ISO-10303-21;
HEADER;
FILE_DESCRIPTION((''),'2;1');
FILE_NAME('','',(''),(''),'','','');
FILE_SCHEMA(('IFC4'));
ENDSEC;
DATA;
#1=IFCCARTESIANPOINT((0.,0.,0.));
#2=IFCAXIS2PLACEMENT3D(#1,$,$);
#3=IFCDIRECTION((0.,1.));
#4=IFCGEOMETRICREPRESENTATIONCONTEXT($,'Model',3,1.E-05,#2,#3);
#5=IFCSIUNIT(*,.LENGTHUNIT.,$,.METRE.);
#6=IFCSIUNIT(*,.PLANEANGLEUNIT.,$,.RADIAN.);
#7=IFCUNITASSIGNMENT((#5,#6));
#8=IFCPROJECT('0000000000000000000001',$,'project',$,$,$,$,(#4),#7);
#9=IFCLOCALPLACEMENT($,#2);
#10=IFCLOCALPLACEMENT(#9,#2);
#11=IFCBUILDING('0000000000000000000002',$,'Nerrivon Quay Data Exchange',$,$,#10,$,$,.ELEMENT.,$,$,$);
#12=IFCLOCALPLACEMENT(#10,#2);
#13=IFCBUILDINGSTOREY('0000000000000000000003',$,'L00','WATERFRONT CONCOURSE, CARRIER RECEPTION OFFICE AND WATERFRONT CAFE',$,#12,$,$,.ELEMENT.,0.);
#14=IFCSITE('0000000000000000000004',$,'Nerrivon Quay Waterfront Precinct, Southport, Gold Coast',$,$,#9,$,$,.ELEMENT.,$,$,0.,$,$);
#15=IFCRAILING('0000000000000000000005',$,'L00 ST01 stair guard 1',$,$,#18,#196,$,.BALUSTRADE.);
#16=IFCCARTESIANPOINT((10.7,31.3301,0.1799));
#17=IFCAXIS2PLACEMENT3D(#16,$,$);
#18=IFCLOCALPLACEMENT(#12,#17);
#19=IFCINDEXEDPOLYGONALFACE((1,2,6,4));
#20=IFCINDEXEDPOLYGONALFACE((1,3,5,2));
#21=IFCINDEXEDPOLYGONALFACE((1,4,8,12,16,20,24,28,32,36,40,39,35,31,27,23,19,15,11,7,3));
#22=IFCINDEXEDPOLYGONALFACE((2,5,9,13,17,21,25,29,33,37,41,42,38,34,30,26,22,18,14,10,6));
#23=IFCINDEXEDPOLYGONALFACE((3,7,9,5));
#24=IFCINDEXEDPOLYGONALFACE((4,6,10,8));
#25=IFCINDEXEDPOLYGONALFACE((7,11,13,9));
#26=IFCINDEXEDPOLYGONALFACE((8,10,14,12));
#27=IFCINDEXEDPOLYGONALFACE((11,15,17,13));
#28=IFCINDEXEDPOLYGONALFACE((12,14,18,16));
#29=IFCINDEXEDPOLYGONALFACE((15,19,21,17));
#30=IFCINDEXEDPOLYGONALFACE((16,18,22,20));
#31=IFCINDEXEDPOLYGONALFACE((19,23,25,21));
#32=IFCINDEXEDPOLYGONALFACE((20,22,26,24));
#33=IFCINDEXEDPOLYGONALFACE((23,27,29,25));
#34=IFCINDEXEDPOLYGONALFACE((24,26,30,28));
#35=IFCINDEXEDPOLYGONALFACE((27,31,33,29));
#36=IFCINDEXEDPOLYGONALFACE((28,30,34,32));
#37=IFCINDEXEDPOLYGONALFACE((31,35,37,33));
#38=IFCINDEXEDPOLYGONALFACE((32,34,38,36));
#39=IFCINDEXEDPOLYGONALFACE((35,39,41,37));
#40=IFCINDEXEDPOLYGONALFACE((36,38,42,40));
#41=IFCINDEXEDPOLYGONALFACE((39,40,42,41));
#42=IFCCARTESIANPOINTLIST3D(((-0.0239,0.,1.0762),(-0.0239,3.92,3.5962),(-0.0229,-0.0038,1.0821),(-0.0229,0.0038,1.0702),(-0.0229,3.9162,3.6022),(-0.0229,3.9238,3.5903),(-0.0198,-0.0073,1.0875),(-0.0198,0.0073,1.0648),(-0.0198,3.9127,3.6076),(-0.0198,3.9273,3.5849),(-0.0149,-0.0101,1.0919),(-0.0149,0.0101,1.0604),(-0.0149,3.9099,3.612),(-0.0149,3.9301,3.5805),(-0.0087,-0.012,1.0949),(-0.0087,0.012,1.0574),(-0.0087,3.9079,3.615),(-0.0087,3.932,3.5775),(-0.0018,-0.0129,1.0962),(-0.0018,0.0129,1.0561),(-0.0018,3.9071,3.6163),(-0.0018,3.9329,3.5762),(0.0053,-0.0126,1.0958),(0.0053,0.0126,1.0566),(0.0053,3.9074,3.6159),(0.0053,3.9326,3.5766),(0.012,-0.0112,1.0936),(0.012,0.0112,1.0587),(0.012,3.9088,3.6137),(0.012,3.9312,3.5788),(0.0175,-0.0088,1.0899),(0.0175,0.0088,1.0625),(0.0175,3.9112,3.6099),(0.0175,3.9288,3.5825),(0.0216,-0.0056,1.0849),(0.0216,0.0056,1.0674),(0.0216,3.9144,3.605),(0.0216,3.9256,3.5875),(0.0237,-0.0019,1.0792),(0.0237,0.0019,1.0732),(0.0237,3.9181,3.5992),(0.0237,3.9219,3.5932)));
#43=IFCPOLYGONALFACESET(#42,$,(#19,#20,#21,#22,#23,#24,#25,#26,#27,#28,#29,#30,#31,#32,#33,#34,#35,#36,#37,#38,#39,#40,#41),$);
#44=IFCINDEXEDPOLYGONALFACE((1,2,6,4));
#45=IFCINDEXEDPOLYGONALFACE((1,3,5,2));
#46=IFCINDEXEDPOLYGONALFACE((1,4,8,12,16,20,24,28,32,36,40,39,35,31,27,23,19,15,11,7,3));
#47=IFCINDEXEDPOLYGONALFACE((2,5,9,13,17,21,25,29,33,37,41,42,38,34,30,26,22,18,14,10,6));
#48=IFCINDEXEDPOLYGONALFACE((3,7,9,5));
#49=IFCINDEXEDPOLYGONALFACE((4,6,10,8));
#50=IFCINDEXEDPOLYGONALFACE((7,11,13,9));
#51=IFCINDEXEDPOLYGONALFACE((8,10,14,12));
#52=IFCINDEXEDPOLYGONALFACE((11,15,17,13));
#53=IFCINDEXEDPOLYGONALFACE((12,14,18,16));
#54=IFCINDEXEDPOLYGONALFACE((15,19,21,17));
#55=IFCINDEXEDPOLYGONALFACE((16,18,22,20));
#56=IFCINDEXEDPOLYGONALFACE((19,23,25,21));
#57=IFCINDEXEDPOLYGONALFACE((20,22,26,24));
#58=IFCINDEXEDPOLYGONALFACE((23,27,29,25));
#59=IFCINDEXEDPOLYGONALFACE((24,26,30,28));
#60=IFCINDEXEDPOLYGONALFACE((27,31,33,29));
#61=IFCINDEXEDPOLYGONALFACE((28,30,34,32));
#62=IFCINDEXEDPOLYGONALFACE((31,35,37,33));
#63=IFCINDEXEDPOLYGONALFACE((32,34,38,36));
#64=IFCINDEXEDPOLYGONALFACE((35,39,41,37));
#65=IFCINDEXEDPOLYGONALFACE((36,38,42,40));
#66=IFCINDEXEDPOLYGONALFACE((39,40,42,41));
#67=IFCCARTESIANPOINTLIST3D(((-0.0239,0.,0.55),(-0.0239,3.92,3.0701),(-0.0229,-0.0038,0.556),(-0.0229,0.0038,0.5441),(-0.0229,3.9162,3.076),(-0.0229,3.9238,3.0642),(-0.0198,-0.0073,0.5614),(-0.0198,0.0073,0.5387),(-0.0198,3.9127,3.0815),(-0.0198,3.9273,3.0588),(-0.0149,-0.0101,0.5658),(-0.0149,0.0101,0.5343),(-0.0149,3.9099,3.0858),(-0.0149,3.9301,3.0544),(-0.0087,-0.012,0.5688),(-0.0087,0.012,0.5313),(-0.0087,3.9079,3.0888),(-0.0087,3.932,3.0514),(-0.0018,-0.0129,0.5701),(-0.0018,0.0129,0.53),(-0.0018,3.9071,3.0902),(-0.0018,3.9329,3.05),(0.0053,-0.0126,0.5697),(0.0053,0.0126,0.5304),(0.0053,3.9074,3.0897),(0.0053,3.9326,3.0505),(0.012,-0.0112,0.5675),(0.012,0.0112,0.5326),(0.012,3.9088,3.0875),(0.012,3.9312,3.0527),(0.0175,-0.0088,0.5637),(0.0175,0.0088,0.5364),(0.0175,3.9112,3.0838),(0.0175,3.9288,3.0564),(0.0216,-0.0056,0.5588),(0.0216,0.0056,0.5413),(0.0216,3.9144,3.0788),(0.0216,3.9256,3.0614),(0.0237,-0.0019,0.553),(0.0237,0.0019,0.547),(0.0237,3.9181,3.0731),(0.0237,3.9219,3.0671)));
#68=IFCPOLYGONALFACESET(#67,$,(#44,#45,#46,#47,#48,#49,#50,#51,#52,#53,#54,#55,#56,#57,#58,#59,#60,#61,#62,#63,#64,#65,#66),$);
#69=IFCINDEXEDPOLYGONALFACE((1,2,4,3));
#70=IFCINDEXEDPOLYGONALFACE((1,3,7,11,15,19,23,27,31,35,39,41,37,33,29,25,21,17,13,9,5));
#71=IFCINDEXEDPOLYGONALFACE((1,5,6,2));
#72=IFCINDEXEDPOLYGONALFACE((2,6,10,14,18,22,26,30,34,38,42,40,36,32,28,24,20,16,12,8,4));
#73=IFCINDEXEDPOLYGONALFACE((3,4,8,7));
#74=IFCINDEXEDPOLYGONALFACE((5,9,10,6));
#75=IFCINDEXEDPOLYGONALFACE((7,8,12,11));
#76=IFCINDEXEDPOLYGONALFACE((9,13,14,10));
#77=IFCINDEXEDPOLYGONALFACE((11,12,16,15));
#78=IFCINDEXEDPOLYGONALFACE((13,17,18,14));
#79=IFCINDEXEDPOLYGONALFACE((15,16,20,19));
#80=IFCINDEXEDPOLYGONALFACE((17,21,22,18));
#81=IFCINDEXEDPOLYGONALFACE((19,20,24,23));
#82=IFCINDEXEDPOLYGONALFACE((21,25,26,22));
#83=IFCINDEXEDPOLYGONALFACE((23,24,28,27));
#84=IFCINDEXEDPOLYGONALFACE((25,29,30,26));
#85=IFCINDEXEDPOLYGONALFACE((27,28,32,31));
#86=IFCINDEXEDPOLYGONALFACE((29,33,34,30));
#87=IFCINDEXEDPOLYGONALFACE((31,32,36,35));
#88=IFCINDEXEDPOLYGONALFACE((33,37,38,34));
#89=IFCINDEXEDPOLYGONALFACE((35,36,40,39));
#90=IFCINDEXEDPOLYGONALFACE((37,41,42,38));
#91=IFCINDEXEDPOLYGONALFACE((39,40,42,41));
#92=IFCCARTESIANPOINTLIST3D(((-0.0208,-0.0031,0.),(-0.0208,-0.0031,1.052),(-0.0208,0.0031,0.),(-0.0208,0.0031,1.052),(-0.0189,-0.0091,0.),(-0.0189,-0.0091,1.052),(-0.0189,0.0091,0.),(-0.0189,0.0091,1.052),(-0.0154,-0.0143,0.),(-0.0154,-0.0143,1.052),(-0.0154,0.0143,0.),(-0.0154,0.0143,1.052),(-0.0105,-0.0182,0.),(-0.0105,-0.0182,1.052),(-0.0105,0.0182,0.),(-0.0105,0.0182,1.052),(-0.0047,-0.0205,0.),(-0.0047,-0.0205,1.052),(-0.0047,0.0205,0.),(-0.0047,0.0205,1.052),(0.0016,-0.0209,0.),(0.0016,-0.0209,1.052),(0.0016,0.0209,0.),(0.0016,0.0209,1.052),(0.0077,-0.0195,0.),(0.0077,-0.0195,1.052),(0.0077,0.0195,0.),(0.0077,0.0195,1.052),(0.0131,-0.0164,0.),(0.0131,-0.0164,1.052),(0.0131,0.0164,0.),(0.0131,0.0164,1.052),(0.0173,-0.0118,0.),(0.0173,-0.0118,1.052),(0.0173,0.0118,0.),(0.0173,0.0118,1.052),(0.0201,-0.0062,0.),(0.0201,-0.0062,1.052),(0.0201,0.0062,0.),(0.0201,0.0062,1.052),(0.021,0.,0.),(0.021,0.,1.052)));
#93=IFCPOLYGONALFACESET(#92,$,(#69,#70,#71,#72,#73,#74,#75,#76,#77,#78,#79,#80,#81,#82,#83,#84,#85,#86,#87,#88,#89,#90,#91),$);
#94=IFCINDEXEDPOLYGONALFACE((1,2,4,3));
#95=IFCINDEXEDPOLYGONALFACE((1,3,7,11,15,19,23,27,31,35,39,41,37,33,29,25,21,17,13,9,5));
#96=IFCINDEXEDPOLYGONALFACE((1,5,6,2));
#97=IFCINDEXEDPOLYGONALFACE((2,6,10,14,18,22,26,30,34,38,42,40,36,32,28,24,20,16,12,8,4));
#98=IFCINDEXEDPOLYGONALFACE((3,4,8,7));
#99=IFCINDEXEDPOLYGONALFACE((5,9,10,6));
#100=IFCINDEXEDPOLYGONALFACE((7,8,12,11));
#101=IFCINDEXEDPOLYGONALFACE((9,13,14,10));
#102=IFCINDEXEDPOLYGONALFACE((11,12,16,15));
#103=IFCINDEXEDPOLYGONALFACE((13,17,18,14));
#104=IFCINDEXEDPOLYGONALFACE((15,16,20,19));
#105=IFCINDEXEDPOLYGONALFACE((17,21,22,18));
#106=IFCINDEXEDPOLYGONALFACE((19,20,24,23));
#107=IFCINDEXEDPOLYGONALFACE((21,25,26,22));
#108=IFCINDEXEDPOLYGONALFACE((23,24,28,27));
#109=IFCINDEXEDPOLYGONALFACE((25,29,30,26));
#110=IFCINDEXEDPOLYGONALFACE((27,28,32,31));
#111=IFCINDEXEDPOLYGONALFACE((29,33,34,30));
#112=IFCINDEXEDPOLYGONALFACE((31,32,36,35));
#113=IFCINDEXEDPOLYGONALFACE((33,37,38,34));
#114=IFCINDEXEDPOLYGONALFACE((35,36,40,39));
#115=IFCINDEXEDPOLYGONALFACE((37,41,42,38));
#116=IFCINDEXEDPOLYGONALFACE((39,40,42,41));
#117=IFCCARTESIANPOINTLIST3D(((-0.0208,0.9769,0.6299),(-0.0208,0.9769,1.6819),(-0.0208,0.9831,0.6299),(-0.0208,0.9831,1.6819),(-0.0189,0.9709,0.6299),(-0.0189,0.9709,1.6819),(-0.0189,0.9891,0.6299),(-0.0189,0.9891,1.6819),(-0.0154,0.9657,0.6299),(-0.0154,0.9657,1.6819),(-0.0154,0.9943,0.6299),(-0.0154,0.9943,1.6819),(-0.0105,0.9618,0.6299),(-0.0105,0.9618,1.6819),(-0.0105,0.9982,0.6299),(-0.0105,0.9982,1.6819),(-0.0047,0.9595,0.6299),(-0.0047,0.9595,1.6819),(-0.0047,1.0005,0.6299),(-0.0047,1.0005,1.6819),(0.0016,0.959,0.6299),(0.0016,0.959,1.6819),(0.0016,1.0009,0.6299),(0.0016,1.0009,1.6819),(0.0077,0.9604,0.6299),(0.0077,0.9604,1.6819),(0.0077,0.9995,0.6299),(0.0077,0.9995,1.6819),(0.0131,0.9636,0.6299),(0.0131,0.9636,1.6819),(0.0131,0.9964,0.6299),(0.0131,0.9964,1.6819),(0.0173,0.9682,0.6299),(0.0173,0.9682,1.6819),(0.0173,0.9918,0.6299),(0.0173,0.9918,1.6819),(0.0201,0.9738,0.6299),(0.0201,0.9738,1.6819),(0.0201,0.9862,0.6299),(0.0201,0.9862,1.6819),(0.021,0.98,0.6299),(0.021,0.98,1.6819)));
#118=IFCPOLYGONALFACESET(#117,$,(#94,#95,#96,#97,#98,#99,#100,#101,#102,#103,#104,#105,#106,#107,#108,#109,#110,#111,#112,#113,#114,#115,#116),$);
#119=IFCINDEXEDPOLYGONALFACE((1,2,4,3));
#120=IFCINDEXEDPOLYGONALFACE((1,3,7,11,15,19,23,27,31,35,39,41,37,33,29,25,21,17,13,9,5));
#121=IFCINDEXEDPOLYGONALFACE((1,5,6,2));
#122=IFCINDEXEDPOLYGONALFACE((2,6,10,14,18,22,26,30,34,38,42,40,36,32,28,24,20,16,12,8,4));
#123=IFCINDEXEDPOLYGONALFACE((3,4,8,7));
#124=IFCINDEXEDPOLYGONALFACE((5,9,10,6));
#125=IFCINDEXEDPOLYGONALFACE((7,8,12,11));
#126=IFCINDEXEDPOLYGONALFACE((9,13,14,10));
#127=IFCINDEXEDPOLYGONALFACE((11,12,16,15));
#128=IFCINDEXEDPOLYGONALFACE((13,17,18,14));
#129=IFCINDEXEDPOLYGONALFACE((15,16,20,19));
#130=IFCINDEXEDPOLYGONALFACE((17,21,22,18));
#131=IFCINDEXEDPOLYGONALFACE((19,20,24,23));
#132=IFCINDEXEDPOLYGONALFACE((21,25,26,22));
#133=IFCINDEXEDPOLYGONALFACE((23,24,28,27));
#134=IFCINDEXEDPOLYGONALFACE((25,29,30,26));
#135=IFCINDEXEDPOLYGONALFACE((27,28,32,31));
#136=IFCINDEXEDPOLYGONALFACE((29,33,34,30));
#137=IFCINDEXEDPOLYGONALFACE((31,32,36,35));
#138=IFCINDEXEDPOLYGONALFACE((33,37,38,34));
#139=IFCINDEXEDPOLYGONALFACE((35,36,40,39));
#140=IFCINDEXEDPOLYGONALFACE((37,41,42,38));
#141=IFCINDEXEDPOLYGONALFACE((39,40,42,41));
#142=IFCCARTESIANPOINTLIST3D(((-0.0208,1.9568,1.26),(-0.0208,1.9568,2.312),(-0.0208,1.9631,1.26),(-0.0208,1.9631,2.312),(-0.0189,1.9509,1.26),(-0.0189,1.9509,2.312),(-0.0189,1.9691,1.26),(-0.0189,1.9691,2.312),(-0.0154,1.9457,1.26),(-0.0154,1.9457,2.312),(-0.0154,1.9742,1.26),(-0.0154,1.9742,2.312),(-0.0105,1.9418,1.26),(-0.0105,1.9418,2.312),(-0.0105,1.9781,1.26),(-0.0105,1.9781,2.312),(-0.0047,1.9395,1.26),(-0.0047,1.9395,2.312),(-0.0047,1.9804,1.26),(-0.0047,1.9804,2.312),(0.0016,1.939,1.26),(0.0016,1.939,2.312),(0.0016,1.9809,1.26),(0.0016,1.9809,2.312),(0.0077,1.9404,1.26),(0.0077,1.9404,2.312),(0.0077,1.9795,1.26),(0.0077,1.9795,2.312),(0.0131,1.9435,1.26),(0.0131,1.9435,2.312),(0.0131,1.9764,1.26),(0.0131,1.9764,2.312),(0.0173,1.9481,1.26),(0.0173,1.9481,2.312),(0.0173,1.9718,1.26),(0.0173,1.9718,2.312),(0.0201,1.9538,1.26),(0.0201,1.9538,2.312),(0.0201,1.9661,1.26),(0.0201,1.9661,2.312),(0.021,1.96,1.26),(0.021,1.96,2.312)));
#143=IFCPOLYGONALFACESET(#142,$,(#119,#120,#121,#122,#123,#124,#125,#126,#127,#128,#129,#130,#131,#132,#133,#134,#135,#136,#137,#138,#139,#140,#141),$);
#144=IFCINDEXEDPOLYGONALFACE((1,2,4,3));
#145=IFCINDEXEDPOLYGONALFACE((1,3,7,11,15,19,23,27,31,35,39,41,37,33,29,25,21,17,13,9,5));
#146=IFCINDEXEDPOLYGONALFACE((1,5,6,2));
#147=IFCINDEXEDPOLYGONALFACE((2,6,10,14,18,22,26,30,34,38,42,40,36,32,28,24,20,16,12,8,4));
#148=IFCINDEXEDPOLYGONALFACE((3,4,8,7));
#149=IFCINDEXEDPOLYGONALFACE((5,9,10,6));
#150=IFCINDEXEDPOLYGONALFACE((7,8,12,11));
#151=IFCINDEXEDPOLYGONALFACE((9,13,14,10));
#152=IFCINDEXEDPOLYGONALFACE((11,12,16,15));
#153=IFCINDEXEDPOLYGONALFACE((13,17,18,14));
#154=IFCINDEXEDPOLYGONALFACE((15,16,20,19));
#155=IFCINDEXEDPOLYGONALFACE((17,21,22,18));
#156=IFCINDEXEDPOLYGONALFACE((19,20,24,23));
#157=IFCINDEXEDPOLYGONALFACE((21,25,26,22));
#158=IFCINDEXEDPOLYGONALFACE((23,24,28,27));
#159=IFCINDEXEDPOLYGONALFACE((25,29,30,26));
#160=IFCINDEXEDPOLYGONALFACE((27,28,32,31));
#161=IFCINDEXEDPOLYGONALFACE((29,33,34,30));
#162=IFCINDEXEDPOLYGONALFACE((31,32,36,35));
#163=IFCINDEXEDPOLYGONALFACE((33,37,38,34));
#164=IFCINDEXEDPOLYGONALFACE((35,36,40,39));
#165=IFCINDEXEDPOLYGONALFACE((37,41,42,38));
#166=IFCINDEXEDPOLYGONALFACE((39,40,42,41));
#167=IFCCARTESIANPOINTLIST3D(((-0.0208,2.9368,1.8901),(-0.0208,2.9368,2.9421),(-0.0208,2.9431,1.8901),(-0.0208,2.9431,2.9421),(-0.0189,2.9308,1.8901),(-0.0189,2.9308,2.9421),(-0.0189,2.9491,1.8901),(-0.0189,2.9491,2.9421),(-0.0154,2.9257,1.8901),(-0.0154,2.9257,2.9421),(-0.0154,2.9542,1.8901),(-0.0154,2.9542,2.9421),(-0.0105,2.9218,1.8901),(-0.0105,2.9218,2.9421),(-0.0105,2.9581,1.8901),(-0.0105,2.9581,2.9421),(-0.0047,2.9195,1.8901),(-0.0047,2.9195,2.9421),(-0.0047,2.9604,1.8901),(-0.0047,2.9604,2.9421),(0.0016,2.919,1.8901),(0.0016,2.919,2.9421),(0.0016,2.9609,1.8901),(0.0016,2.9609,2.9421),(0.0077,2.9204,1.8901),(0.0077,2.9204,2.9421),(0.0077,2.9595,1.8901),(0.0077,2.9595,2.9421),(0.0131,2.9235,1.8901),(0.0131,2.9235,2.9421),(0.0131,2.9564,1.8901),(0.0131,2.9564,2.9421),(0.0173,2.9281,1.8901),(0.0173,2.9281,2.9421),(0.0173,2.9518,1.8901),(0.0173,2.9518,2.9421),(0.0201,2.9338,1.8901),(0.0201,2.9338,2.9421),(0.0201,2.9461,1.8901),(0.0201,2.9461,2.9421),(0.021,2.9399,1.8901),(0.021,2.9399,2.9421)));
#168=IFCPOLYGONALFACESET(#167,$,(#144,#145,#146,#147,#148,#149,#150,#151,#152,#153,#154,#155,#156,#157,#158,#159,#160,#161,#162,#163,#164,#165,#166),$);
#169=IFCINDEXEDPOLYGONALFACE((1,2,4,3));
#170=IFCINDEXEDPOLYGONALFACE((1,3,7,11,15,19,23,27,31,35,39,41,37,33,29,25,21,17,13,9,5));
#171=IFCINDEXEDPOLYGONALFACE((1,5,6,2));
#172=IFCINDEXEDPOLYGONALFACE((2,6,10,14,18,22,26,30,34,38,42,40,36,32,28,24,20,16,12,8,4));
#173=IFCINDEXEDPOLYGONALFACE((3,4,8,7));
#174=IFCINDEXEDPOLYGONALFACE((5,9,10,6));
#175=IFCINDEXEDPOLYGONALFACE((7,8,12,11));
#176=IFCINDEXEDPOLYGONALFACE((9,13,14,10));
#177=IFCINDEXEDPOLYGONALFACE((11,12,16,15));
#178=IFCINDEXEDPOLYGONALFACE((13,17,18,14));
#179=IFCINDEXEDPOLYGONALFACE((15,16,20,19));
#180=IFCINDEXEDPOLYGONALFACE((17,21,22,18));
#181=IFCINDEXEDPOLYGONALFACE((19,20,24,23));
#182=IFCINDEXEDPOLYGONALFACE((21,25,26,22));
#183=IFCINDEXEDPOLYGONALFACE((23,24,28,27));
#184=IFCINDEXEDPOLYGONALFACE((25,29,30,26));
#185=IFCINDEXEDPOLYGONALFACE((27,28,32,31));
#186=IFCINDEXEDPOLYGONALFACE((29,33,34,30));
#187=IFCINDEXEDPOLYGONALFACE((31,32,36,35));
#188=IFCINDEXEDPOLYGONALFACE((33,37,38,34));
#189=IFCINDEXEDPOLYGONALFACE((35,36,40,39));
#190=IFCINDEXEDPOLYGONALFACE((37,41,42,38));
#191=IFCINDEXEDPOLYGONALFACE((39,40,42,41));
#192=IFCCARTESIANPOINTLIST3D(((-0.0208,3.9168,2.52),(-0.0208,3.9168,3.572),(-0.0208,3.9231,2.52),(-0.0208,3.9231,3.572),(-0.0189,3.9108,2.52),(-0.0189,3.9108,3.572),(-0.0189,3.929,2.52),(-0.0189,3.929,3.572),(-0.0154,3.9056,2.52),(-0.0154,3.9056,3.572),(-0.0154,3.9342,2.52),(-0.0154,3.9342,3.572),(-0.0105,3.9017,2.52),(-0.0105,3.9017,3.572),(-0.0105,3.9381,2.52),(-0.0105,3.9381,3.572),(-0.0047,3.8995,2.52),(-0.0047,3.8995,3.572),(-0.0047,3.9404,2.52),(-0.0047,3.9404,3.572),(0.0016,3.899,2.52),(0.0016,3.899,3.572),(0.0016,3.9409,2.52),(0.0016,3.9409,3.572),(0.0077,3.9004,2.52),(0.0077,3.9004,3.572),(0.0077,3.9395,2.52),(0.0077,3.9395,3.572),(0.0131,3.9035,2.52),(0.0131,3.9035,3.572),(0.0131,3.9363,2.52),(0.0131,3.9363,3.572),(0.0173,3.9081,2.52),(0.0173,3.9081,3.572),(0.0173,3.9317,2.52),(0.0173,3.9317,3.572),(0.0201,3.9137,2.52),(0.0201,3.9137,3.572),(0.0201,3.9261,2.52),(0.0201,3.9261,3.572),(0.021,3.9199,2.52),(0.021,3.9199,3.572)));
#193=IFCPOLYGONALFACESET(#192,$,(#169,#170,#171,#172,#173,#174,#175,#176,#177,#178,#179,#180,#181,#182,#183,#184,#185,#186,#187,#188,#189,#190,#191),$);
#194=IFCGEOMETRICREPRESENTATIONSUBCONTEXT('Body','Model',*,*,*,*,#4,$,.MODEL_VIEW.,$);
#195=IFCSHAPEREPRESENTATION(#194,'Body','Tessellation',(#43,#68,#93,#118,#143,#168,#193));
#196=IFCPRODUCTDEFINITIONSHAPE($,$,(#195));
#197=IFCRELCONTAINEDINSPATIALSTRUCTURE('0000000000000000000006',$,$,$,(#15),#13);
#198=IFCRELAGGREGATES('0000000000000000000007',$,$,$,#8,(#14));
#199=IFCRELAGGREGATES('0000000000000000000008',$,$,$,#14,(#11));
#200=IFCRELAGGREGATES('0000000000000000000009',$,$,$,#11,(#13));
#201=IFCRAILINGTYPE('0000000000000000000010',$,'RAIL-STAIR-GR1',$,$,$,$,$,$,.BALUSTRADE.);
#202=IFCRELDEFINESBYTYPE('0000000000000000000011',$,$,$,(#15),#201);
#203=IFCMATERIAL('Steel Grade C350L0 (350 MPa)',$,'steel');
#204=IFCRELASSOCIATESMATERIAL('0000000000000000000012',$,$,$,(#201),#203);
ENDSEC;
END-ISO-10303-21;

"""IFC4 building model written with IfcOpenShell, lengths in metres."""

from ifc_helpers import new_model, si_unit, direction, frame, origin, origin_2d, place, context, subcontext, project, spatial, circle, extrude, material, type_object, element, save


model = new_model("IFC4")

# Units and contexts
model_context = context("Model", 3, precision=1e-05, world=origin(), true_north=direction((0.0, 1.0)))
body_context = subcontext(model_context, "Body", "Model", "MODEL_VIEW")
ifc_project = project(units=[si_unit("LENGTHUNIT", "METRE"), si_unit("PLANEANGLEUNIT", "RADIAN")], contexts=[model_context])

# Site, building, storey
site_placement = place(None, origin())
site = spatial("IfcSite", under=ifc_project, at=site_placement, Name="Nerrivon Quay Waterfront Precinct, Southport, Gold Coast", CompositionType="ELEMENT", RefElevation=0.0)
building_placement = place(site_placement, origin())
building = spatial("IfcBuilding", under=site, at=building_placement, Name="Nerrivon Quay Data Exchange", CompositionType="ELEMENT")
storey_placement = place(building_placement, origin())
storey = spatial("IfcBuildingStorey", under=building, at=storey_placement, Name="L00", Description="WATERFRONT CONCOURSE, CARRIER RECEPTION OFFICE AND WATERFRONT CAFE", CompositionType="ELEMENT", Elevation=0.0)

# Railing
ifc_material_1 = material(Name="Steel Grade C350L0 (350 MPa)", Category="steel")
railing_type = type_object("IfcRailingType", Name="RAIL-STAIR-GR1", PredefinedType="BALUSTRADE", material=ifc_material_1)
railing_1_placement = place(storey_placement, frame((10.7, 31.3301, 0.1799)))
element("IfcRailing", 1, at=railing_1_placement, inside=storey, type_object=railing_type, Name="L00 ST01 stair guard 1", PredefinedType="BALUSTRADE", context=body_context, shape_type="SweptSolid", body=[
    extrude(circle(Radius=0.0239, at=origin_2d()), frame((0.0, 0.0, 1.0762), z_axis=(0.0, 0.841172, 0.540768), x_axis=(-1.0, 0.0, 0.0)), (0.0, 0.0, 1.0), 4.6602),
    extrude(circle(Radius=0.0239, at=origin_2d()), frame((0.0, 0.0, 0.55), z_axis=(0.0, 0.841172, 0.540768), x_axis=(-1.0, 0.0, 0.0)), (0.0, 0.0, 1.0), 4.6602),
    extrude(circle(Radius=0.021, at=origin_2d()), origin(), (0.0, 0.0, 1.0), 1.052),
    extrude(circle(Radius=0.021, at=origin_2d()), frame((0.0, 0.98, 0.6299)), (0.0, 0.0, 1.0), 1.052),
    extrude(circle(Radius=0.021, at=origin_2d()), frame((0.0, 1.96, 1.26)), (0.0, 0.0, 1.0), 1.052),
    extrude(circle(Radius=0.021, at=origin_2d()), frame((0.0, 2.9399, 1.8901)), (0.0, 0.0, 1.0), 1.052),
    extrude(circle(Radius=0.021, at=origin_2d()), frame((0.0, 3.9199, 2.52)), (0.0, 0.0, 1.0), 1.052),
])

save(model, "model.ifc")
